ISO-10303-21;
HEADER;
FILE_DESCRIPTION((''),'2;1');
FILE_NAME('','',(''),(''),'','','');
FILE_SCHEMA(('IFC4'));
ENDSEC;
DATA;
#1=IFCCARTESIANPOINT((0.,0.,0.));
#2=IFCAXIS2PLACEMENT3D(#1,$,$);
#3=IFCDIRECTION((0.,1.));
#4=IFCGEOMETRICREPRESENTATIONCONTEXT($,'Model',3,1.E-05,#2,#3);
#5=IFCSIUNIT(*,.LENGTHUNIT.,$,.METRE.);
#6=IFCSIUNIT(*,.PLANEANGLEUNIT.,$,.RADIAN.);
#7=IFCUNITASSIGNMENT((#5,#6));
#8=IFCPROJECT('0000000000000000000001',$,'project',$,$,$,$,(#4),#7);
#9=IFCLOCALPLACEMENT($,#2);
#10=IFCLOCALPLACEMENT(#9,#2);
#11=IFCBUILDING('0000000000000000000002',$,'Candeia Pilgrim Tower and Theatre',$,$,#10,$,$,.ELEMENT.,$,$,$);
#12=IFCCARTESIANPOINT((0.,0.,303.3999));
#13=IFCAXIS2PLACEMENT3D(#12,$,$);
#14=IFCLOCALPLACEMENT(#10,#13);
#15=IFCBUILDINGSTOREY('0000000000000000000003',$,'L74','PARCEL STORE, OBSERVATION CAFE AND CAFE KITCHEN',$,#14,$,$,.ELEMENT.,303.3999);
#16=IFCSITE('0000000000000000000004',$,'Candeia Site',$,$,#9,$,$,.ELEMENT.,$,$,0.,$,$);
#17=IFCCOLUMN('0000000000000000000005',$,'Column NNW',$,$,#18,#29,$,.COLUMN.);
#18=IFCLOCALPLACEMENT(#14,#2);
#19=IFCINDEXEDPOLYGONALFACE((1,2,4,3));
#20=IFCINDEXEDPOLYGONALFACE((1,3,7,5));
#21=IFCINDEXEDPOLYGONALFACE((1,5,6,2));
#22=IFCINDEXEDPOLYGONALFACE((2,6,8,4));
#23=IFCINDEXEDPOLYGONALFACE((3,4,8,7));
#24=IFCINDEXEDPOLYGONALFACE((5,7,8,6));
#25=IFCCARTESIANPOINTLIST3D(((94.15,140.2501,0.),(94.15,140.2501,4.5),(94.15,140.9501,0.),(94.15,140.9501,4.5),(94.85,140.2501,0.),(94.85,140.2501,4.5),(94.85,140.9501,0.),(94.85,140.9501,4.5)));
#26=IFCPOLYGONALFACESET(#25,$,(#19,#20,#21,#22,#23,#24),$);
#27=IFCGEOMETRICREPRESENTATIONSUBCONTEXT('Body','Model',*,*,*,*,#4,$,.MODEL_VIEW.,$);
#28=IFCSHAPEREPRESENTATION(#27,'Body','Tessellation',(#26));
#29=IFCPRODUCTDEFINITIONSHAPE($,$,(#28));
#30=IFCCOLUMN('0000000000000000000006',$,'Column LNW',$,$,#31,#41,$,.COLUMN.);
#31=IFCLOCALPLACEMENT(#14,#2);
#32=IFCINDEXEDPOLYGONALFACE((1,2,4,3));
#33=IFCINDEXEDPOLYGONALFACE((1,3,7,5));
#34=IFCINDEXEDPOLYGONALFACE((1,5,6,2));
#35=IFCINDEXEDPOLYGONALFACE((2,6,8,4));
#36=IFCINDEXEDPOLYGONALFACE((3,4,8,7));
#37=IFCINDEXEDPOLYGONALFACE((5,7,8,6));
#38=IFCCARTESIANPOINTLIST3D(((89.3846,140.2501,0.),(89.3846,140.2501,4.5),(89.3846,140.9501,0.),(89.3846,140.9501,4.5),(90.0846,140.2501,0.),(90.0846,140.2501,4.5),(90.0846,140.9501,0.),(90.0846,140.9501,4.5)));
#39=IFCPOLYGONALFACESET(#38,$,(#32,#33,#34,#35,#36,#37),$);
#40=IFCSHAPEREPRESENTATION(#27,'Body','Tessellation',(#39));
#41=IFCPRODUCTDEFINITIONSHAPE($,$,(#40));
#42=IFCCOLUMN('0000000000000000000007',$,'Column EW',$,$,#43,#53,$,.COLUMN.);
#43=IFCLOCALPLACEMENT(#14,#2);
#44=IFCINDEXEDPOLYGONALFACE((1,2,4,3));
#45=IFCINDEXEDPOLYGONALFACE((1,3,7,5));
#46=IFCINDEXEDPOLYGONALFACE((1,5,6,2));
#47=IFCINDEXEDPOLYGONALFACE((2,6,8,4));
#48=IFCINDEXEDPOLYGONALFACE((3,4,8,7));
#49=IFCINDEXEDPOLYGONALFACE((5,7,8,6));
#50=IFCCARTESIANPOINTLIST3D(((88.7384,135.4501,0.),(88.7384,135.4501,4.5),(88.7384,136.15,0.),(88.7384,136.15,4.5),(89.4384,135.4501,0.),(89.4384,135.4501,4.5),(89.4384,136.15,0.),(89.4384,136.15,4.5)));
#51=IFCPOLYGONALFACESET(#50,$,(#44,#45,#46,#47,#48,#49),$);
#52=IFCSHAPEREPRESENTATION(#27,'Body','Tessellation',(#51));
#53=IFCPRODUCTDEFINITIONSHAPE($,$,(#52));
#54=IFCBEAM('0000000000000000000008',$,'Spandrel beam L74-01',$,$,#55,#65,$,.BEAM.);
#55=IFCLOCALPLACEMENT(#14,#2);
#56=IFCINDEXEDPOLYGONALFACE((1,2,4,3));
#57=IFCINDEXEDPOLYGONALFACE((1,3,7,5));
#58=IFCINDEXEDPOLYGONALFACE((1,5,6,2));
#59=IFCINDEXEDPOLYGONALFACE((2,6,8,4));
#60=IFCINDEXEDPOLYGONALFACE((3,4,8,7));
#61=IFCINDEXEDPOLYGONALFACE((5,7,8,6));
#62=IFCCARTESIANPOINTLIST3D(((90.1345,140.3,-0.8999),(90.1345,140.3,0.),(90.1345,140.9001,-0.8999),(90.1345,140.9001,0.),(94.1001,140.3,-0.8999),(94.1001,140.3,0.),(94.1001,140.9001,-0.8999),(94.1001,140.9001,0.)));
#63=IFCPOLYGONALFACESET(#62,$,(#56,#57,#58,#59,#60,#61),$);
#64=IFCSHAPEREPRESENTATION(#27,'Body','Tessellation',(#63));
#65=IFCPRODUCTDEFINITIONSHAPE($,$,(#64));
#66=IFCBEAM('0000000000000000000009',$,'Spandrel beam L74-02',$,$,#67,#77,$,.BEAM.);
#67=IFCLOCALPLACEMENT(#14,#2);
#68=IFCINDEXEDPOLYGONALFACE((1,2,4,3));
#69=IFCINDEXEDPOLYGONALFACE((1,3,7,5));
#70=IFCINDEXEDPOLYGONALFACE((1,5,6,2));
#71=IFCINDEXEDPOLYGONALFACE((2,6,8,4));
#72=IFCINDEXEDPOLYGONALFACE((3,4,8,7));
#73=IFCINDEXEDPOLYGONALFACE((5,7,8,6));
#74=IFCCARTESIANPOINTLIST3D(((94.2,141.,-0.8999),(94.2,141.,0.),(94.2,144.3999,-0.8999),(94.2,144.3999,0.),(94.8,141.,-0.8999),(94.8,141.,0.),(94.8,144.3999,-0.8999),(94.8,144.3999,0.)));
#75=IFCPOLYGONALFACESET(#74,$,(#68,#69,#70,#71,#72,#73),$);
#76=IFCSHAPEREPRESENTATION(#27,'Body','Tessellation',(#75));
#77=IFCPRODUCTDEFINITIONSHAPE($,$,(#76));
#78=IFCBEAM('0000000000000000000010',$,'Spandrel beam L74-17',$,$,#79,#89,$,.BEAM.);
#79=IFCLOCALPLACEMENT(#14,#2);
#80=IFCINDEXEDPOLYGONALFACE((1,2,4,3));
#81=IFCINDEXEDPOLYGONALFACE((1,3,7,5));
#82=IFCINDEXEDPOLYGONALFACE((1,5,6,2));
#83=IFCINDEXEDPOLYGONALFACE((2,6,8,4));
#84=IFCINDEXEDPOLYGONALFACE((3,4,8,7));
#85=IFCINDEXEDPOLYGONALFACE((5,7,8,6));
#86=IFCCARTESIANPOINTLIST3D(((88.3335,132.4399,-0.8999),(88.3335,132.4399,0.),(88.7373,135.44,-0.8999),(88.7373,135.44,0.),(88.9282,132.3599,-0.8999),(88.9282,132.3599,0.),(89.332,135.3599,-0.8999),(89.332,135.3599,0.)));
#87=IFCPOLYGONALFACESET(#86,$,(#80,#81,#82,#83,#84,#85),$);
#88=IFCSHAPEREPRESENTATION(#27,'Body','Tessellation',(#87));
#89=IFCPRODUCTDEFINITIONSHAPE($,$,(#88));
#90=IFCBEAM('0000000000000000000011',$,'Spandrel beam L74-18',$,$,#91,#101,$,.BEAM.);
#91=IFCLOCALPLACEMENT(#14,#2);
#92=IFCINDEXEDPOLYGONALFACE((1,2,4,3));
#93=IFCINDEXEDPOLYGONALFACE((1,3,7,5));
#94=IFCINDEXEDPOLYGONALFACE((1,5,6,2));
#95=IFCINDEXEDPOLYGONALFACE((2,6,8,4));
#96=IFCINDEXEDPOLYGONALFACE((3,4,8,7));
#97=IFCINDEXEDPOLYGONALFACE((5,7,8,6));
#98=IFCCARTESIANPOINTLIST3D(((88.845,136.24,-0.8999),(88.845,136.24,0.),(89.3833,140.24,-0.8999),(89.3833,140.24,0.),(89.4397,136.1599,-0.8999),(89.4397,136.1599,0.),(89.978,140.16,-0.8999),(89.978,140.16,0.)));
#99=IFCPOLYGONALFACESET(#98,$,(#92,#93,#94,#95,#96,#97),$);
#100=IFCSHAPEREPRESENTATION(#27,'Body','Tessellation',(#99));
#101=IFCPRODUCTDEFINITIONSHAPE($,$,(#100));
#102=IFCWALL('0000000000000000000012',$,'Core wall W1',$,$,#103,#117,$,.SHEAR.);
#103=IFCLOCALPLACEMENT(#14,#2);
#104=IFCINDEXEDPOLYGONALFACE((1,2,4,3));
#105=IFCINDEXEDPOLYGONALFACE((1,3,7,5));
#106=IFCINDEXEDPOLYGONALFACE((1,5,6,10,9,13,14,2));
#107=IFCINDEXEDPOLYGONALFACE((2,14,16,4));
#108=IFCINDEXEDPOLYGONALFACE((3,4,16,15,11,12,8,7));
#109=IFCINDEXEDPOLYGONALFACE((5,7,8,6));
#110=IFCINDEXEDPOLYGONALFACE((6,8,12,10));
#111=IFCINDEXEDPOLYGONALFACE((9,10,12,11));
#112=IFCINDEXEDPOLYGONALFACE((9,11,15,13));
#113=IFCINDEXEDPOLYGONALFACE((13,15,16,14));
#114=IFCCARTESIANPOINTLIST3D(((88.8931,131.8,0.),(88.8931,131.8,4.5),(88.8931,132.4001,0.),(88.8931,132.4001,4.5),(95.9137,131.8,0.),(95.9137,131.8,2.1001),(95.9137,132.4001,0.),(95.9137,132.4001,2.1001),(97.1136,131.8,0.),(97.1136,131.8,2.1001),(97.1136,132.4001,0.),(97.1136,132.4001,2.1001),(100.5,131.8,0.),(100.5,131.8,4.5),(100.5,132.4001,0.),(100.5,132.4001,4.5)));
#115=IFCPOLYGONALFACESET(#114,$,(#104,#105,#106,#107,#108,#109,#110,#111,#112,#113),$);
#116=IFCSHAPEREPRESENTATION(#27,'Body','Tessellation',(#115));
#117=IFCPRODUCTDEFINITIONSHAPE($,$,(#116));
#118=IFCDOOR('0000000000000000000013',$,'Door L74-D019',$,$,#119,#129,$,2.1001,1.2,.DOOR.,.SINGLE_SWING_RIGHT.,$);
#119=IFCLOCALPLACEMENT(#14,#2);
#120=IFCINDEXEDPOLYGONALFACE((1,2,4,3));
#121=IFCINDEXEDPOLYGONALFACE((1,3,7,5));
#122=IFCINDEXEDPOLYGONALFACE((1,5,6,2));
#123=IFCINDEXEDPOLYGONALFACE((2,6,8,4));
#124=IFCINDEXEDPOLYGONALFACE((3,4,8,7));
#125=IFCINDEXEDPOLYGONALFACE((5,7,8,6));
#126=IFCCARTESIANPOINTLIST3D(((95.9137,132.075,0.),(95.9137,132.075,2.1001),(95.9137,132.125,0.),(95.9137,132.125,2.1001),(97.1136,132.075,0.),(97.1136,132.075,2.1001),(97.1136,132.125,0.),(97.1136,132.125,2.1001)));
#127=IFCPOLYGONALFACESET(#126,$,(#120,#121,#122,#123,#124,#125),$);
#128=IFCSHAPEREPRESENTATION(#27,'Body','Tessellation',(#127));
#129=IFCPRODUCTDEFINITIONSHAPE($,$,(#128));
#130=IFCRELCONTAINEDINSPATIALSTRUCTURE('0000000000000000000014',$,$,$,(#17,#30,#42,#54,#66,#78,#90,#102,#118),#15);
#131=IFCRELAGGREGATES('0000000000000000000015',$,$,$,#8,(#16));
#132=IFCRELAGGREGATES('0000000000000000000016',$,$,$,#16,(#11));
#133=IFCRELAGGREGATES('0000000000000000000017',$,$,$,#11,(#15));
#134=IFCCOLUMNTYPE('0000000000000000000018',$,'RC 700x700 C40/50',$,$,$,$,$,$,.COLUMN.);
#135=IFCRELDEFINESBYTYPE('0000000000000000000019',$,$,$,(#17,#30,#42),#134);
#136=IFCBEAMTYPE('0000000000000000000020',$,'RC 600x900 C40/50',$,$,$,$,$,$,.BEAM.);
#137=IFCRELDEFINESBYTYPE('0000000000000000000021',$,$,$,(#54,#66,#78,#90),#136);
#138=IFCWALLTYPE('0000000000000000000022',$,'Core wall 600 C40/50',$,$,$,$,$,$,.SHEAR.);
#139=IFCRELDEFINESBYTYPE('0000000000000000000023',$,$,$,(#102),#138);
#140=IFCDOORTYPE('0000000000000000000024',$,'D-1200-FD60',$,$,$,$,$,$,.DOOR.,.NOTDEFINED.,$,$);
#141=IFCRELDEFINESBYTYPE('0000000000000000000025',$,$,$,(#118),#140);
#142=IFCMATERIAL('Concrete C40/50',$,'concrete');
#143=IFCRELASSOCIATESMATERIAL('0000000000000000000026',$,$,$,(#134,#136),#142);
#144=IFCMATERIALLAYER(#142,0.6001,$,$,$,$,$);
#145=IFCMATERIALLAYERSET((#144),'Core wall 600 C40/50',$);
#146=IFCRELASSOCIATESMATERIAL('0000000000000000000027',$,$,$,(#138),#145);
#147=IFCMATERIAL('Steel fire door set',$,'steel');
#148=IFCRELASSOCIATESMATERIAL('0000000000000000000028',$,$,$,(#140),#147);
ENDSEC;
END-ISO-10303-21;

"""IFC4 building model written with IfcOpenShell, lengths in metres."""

from ifc_helpers import new_model, si_unit, direction, frame, frame_2d, origin, origin_2d, place, context, subcontext, project, spatial, rectangle, extrude, material, layer, layer_set, material_profile, profile_set, type_object, element, fill, save


model = new_model("IFC4")

# Units and contexts
model_context = context("Model", 3, precision=1e-05, world=origin(), true_north=direction((0.0, 1.0)))
body_context = subcontext(model_context, "Body", "Model", "MODEL_VIEW")
ifc_project = project(units=[si_unit("LENGTHUNIT", "METRE"), si_unit("PLANEANGLEUNIT", "RADIAN")], contexts=[model_context])

# Site, building, storey
site_placement = place(None, origin())
site = spatial("IfcSite", under=ifc_project, at=site_placement, Name="Candeia Site", CompositionType="ELEMENT", RefElevation=0.0)
building_placement = place(site_placement, origin())
building = spatial("IfcBuilding", under=site, at=building_placement, Name="Candeia Pilgrim Tower and Theatre", CompositionType="ELEMENT")
storey_placement = place(building_placement, frame((0.0, 0.0, 303.3999)))
storey = spatial("IfcBuildingStorey", under=building, at=storey_placement, Name="L74", Description="PARCEL STORE, OBSERVATION CAFE AND CAFE KITCHEN", CompositionType="ELEMENT", Elevation=303.3999)

# Columns
ifc_material_1 = material(Name="Concrete C40/50", Category="concrete")
ifc_material_profile_1 = material_profile(ifc_material_1, rectangle(XDim=0.7, YDim=0.7, at=origin_2d()))
ifc_profile_set_1 = profile_set([ifc_material_profile_1], Name="Concrete C40/50")
column_type = type_object("IfcColumnType", Name="RC 700x700 C40/50", PredefinedType="COLUMN", material=ifc_profile_set_1)
for number, where, z_axis, x_axis, name in (
    (1, (94.5, 140.6001, 0.0), (0.0, 0.0, 1.0), (1.0, 0.0, 0.0), "Column NNW"),
    (2, (89.7346, 140.6001, 0.0), (0.0, 0.0, 1.0), (1.0, 0.0, 0.0), "Column LNW"),
    (3, (89.0884, 135.8, 0.0), (0.0, 0.0, 1.0), (1.0, 0.0, 0.0), "Column EW"),
):
    element("IfcColumn", number, at=place(storey_placement, frame(where, z_axis=z_axis, x_axis=x_axis)), inside=storey, type_object=column_type, Name=name, PredefinedType="COLUMN", context=body_context, shape_type="SweptSolid", body=[
        extrude(rectangle(XDim=0.7, YDim=0.7, at=origin_2d()), origin(), (0.0, 0.0, 1.0), 4.5),
    ])

# Beams
ifc_material_profile_2 = material_profile(ifc_material_1, rectangle(XDim=0.6001, YDim=0.8999, at=origin_2d()))
ifc_profile_set_2 = profile_set([ifc_material_profile_2], Name="Concrete C40/50")
beam_type = type_object("IfcBeamType", Name="RC 600x900 C40/50", PredefinedType="BEAM", material=ifc_profile_set_2)
beam_1_placement = place(storey_placement, frame((90.1345, 140.6001, -0.45), z_axis=(1.0, 0.0, 0.0), x_axis=(0.0, 1.0, 0.0)))
element("IfcBeam", 4, at=beam_1_placement, inside=storey, type_object=beam_type, Name="Spandrel beam L74-01", PredefinedType="BEAM", context=body_context, shape_type="SweptSolid", body=[
    extrude(rectangle(XDim=0.6001, YDim=0.8999, at=origin_2d()), origin(), (0.0, 0.0, 1.0), 3.9656),
])
beam_2_placement = place(storey_placement, frame((94.5, 141.0, -0.45), z_axis=(0.0, 1.0, 0.0), x_axis=(-1.0, 0.0, 0.0)))
element("IfcBeam", 5, at=beam_2_placement, inside=storey, type_object=beam_type, Name="Spandrel beam L74-02", PredefinedType="BEAM", context=body_context, shape_type="SweptSolid", body=[
    extrude(rectangle(XDim=0.6001, YDim=0.8999, at=origin_2d()), origin(), (0.0, 0.0, 1.0), 3.3999),
])
beam_3_placement = place(storey_placement, frame((88.6309, 132.3999, -0.45), z_axis=(0.1334, 0.991062, 0.0), x_axis=(-0.991062, 0.1334, 0.0)))
element("IfcBeam", 6, at=beam_3_placement, inside=storey, type_object=beam_type, Name="Spandrel beam L74-17", PredefinedType="BEAM", context=body_context, shape_type="SweptSolid", body=[
    extrude(rectangle(XDim=0.6001, YDim=0.8999, at=origin_2d()), origin(), (0.0, 0.0, 1.0), 3.0271),
])
beam_4_placement = place(storey_placement, frame((89.1423, 136.2, -0.45), z_axis=(0.13338, 0.991065, 0.0), x_axis=(-0.991065, 0.13338, 0.0)))
element("IfcBeam", 7, at=beam_4_placement, inside=storey, type_object=beam_type, Name="Spandrel beam L74-18", PredefinedType="BEAM", context=body_context, shape_type="SweptSolid", body=[
    extrude(rectangle(XDim=0.6001, YDim=0.8999, at=origin_2d()), origin(), (0.0, 0.0, 1.0), 4.0361),
])

# Wall, opening, door
ifc_layer_1 = layer(ifc_material_1, 0.6001)
ifc_layer_set_1 = layer_set([ifc_layer_1], Name="Core wall 600 C40/50")
wall_type_1 = type_object("IfcWallType", Name="Core wall 600 C40/50", PredefinedType="SHEAR", material=ifc_layer_set_1)
wall_1_placement = place(storey_placement, frame((88.8931, 132.1001, 0.0), z_axis=(0.0, 0.0, 1.0), x_axis=(1.0, 0.0, 0.0)))
wall_1 = element("IfcWall", 8, at=wall_1_placement, inside=storey, type_object=wall_type_1, Name="Core wall W1", PredefinedType="SHEAR", context=body_context, shape_type="SweptSolid", body=[
    extrude(rectangle(XDim=11.6069, YDim=0.6001, at=frame_2d((5.8035, 0.0))), origin(), (0.0, 0.0, 1.0), 4.5),
])
opening_1_placement = place(wall_1_placement, frame((7.0205, 0.0, 0.0)))
opening_1 = element("IfcOpeningElement", 9, at=opening_1_placement, cuts=wall_1, PredefinedType="OPENING", context=body_context, shape_type="SweptSolid", body=[
    extrude(rectangle(XDim=1.2, YDim=2.1001, at=frame_2d((0.6001, 1.05))), frame((0.0, 0.3101, 0.0), z_axis=(0.0, -1.0, 0.0), x_axis=(1.0, 0.0, 0.0)), (0.0, 0.0, 1.0), 0.6201),
])
ifc_material_2 = material(Name="Steel fire door set", Category="steel")
door_type_1 = type_object("IfcDoorType", Name="D-1200-FD60", OperationType="NOTDEFINED", PredefinedType="DOOR", material=ifc_material_2)
door_1_placement = place(opening_1_placement, origin())
door_1 = element("IfcDoor", 10, at=door_1_placement, inside=storey, type_object=door_type_1, Name="Door L74-D019", OperationType="SINGLE_SWING_RIGHT", OverallHeight=2.1001, OverallWidth=1.2, PredefinedType="DOOR", context=body_context, shape_type="SweptSolid", body=[
    extrude(rectangle(XDim=1.2, YDim=2.1001, at=frame_2d((0.6001, 1.05))), frame((0.0, 0.0249, 0.0), z_axis=(0.0, -1.0, 0.0), x_axis=(1.0, 0.0, 0.0)), (0.0, 0.0, 1.0), 0.05),
])
fill(opening_1, door_1)

save(model, "model.ifc")
